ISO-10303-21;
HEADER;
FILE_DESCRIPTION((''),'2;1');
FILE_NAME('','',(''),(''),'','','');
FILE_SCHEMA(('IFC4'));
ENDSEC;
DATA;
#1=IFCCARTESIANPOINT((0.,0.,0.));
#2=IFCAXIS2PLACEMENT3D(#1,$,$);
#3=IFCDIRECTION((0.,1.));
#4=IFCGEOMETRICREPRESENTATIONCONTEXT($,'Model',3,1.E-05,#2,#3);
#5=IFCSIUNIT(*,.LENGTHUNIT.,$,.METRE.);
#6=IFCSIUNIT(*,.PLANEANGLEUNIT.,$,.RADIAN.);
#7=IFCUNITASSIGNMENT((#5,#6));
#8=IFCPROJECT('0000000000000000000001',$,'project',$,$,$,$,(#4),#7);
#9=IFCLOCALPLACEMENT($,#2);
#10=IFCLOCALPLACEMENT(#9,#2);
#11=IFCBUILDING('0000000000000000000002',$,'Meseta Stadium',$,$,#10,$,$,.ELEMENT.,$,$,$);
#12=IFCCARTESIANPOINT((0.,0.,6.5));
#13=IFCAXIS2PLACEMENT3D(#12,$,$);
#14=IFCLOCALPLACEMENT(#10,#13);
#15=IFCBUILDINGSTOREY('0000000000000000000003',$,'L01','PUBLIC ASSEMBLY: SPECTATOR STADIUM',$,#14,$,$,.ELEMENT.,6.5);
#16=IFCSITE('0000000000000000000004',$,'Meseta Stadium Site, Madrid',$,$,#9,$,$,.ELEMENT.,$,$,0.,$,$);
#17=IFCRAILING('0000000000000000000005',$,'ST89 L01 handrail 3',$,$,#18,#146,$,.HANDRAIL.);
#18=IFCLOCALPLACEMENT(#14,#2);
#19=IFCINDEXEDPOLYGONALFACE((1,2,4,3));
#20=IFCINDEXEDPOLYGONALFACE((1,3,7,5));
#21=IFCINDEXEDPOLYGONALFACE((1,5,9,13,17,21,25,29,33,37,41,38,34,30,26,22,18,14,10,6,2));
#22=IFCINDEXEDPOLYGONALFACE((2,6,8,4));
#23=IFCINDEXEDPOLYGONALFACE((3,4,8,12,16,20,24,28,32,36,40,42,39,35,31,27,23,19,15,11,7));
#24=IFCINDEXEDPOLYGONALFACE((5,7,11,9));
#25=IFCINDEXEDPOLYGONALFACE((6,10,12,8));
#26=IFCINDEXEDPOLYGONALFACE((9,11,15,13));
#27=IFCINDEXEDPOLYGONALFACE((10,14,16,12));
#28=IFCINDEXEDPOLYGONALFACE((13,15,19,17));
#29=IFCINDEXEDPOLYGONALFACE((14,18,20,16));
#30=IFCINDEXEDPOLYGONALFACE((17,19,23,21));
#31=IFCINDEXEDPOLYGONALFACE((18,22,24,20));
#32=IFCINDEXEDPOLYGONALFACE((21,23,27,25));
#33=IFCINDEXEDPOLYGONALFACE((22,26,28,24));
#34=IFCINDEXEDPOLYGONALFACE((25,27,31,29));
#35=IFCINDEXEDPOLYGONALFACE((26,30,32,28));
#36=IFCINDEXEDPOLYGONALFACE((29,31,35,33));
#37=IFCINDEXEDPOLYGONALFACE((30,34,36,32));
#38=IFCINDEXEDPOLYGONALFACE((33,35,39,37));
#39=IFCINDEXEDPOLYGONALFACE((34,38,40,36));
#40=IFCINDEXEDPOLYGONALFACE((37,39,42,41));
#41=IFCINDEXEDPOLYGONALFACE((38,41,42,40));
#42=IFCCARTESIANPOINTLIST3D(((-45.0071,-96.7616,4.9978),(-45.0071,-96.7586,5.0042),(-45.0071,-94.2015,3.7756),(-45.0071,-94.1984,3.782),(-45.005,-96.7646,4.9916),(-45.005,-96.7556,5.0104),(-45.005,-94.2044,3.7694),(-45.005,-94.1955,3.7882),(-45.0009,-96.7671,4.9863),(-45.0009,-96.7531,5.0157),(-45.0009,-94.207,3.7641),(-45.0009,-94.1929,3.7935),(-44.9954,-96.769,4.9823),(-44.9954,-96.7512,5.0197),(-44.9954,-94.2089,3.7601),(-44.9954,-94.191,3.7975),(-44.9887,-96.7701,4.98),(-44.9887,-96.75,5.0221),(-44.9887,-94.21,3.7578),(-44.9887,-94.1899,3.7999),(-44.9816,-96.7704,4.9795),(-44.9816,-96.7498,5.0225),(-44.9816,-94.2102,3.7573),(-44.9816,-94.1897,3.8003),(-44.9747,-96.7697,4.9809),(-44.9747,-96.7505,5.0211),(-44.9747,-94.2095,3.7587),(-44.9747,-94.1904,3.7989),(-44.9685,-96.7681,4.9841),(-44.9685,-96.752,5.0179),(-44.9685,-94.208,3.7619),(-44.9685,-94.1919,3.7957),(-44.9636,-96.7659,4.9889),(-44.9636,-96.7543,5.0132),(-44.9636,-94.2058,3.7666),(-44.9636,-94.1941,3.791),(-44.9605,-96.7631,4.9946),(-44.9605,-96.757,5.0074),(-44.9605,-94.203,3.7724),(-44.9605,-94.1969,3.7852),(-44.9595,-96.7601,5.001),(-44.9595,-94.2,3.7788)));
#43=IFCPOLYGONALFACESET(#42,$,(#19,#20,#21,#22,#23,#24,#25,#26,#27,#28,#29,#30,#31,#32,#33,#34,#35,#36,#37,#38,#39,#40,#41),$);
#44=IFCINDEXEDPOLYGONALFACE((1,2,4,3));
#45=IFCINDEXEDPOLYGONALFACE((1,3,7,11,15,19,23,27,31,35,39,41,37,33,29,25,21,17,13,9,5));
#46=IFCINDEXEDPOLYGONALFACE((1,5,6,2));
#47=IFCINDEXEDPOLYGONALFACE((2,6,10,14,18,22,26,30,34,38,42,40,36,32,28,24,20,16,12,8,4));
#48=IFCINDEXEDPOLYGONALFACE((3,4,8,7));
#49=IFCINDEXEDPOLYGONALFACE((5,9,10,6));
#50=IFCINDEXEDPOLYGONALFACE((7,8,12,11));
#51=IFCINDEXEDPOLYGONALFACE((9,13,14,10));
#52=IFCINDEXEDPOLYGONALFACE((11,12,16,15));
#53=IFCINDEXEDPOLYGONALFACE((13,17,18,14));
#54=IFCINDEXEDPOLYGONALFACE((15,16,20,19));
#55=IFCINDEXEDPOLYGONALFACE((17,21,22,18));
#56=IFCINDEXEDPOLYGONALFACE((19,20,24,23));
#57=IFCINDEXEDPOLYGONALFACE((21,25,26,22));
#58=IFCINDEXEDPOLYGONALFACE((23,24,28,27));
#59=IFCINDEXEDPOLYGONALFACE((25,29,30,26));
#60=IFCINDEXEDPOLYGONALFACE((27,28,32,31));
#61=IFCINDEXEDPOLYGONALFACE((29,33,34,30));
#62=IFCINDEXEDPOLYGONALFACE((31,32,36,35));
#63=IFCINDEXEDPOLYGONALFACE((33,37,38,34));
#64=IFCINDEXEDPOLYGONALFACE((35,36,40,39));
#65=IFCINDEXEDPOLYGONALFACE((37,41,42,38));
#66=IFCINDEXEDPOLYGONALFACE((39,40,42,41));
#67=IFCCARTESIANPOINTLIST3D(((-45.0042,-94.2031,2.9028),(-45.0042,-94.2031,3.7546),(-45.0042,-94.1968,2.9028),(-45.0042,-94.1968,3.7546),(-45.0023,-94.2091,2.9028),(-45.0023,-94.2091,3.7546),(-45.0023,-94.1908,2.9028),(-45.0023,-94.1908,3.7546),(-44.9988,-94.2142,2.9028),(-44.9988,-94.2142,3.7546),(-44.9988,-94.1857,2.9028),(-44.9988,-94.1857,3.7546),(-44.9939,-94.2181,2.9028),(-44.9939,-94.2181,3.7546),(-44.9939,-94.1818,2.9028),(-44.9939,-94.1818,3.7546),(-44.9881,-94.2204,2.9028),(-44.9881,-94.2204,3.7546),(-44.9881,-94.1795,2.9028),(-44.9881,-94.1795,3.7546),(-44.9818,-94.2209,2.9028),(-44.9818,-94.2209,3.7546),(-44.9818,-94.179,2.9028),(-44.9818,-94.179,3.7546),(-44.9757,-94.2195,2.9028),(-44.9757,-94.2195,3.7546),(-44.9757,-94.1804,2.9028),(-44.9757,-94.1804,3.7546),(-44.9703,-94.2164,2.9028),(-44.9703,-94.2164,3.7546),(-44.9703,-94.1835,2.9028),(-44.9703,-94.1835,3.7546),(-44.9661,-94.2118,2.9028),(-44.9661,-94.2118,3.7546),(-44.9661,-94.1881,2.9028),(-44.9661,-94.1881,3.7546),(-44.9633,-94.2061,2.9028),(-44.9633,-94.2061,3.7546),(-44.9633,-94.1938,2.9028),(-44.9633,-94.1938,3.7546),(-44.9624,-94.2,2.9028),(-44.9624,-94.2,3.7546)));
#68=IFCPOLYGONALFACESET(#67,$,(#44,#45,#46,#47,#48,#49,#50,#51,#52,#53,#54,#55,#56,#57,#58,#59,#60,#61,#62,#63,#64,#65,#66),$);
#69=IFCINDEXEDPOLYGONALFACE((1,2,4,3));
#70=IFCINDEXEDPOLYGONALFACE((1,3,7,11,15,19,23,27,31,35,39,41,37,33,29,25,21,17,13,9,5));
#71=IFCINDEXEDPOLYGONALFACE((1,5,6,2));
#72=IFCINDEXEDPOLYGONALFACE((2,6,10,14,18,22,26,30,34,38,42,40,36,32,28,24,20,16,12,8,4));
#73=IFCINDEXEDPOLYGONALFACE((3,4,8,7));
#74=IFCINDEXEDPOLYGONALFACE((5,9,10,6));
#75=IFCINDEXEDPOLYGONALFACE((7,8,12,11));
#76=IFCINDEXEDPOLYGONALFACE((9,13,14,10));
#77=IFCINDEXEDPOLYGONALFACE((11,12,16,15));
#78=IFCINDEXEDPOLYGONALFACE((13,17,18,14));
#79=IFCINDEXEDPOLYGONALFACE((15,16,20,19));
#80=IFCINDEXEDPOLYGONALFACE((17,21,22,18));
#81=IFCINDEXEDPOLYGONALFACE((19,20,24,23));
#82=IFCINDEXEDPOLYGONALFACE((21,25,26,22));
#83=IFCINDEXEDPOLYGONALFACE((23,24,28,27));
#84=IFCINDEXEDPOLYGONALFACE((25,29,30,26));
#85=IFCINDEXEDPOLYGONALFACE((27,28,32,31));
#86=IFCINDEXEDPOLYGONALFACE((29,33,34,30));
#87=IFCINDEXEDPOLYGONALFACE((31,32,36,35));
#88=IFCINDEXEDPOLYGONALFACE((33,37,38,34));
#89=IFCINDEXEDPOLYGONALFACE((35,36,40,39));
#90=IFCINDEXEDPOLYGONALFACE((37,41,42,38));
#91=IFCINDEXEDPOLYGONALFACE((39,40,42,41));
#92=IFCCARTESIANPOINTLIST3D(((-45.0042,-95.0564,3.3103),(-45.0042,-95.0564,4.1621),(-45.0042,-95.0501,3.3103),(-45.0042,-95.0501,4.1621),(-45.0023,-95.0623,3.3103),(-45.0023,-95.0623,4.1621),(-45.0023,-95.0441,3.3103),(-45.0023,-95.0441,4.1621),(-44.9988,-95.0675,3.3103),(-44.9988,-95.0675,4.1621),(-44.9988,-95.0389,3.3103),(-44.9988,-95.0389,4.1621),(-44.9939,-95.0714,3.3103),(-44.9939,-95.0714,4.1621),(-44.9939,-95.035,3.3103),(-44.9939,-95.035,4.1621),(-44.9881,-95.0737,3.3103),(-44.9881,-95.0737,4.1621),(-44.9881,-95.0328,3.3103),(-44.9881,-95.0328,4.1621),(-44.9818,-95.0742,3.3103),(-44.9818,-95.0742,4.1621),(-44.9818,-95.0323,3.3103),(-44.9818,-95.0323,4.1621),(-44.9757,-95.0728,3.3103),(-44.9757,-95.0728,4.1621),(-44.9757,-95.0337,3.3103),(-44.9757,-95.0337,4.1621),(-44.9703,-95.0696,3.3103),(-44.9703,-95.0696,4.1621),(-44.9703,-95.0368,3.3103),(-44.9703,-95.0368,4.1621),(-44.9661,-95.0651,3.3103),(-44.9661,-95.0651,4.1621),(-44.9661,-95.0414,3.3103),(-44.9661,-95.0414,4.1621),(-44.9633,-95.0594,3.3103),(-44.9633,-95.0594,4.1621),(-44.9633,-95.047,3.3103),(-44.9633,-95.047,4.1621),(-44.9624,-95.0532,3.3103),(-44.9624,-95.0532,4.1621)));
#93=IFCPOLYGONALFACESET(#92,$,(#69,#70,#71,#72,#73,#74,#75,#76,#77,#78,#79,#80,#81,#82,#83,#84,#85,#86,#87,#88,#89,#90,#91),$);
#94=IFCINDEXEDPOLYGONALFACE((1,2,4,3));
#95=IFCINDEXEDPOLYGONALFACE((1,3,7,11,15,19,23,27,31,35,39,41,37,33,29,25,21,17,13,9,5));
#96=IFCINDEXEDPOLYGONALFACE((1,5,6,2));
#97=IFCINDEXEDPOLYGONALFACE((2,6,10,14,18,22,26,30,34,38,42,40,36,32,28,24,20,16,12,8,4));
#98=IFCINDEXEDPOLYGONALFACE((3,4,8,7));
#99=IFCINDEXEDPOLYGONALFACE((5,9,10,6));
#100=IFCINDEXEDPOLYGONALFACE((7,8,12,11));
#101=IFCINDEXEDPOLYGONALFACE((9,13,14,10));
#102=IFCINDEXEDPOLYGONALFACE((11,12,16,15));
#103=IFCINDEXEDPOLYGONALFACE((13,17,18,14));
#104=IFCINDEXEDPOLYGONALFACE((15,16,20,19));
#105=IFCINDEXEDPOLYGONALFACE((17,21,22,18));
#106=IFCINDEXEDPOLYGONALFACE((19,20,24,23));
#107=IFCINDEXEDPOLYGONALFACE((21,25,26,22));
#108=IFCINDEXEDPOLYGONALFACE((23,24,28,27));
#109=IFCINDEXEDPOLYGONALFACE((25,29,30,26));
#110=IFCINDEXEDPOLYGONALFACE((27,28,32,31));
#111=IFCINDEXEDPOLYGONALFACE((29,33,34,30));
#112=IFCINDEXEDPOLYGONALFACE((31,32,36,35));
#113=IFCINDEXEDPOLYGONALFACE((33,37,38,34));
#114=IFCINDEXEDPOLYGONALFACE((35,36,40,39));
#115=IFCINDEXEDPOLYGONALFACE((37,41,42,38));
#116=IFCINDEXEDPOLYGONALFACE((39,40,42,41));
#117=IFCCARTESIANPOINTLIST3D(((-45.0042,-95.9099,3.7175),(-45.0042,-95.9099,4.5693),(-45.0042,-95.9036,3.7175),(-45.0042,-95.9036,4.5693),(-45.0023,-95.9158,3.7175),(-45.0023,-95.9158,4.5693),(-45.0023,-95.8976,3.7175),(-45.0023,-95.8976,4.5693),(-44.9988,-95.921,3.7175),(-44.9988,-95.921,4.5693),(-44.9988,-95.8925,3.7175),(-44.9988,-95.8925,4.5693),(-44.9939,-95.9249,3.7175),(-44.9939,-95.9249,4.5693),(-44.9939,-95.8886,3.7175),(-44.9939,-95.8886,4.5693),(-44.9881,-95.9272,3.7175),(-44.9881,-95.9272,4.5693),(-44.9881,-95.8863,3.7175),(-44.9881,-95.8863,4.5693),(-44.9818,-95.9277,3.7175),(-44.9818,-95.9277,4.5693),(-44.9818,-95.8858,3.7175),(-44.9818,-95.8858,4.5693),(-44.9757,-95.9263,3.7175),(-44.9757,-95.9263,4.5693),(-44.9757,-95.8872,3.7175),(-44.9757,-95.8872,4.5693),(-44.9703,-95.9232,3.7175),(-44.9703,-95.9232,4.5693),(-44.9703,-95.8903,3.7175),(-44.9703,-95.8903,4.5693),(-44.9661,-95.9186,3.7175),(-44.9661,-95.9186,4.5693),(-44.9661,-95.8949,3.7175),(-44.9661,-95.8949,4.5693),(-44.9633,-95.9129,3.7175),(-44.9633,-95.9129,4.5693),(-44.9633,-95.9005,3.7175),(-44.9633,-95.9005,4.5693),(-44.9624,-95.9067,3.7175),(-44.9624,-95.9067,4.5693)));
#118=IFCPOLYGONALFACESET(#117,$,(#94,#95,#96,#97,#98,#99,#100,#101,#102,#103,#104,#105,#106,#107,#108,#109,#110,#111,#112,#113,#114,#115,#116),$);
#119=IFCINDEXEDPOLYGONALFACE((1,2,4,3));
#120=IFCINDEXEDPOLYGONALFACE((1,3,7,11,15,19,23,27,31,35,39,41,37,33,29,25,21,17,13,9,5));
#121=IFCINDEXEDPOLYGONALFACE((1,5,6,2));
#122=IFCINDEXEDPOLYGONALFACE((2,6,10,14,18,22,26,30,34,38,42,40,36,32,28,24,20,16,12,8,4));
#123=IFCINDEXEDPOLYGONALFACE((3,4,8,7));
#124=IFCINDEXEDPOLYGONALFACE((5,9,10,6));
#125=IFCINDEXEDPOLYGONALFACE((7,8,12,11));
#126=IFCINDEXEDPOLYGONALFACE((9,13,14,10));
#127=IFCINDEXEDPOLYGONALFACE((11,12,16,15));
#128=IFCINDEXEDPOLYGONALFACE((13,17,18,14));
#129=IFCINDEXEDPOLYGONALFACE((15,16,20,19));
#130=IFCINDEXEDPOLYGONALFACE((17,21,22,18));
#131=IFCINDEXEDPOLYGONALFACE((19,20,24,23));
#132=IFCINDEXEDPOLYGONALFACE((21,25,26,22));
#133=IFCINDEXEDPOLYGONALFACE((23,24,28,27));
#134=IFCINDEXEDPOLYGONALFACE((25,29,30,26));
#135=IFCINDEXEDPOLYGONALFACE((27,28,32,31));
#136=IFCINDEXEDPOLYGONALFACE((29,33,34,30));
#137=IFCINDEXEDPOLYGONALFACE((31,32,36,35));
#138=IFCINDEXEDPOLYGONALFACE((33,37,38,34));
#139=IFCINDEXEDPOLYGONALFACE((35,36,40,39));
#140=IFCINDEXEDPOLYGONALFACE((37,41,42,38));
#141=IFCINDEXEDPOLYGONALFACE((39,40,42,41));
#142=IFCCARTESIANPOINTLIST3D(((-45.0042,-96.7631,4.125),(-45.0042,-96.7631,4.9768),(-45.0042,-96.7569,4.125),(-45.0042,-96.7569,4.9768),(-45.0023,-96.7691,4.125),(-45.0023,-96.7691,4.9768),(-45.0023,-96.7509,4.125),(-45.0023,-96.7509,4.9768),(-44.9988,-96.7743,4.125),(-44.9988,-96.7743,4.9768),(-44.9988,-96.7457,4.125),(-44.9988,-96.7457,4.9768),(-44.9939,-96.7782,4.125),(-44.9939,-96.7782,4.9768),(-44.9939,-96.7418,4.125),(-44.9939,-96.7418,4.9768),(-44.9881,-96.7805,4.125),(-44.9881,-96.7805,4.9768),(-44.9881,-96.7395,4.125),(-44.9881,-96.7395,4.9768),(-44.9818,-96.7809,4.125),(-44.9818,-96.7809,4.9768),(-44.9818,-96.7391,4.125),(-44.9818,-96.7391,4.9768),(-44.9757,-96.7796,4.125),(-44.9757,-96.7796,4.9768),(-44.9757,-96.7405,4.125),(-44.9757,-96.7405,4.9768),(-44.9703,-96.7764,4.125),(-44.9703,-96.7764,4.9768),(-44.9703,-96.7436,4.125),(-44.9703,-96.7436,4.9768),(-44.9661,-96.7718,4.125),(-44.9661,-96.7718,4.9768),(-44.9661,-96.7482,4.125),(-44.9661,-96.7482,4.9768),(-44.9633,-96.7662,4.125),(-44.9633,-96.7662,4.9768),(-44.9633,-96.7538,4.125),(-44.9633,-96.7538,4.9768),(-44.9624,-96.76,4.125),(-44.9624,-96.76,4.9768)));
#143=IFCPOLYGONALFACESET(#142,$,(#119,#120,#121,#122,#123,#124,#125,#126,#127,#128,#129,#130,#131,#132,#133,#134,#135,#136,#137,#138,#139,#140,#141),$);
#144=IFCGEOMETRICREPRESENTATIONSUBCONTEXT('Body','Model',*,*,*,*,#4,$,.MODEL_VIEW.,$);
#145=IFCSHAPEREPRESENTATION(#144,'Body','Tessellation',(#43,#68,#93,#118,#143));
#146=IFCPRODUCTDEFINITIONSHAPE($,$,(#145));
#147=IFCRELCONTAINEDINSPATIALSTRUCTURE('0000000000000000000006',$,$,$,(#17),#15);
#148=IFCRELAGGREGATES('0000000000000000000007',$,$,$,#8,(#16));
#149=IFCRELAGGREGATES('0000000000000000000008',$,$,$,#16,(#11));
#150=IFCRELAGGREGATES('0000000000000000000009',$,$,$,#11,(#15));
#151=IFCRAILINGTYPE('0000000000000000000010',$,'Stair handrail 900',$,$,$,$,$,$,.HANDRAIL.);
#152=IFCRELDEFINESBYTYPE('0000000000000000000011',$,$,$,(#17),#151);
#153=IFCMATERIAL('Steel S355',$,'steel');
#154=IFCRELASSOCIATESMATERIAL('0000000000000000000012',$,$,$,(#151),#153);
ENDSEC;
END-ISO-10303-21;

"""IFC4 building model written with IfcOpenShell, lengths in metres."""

from ifc_helpers import new_model, si_unit, direction, frame, origin, origin_2d, place, context, subcontext, project, spatial, circle, extrude, material, type_object, element, save


model = new_model("IFC4")

# Units and contexts
model_context = context("Model", 3, precision=1e-05, world=origin(), true_north=direction((0.0, 1.0)))
body_context = subcontext(model_context, "Body", "Model", "MODEL_VIEW")
ifc_project = project(units=[si_unit("LENGTHUNIT", "METRE"), si_unit("PLANEANGLEUNIT", "RADIAN")], contexts=[model_context])

# Site, building, storey
site_placement = place(None, origin())
site = spatial("IfcSite", under=ifc_project, at=site_placement, Name="Meseta Stadium Site, Madrid", CompositionType="ELEMENT", RefElevation=0.0)
building_placement = place(site_placement, origin())
building = spatial("IfcBuilding", under=site, at=building_placement, Name="Meseta Stadium", CompositionType="ELEMENT")
storey_placement = place(building_placement, frame((0.0, 0.0, 6.5)))
storey = spatial("IfcBuildingStorey", under=building, at=storey_placement, Name="L01", Description="PUBLIC ASSEMBLY: SPECTATOR STADIUM", CompositionType="ELEMENT", Elevation=6.5)

# Railing
ifc_material_1 = material(Name="Steel S355", Category="steel")
railing_type_1 = type_object("IfcRailingType", Name="Stair handrail 900", PredefinedType="HANDRAIL", material=ifc_material_1)
railing_1_placement = place(storey_placement, frame((-44.9834, -94.2, 2.9028)))
element("IfcRailing", 1, at=railing_1_placement, inside=storey, type_object=railing_type_1, Name="ST89 L01 handrail 3", PredefinedType="HANDRAIL", context=body_context, shape_type="SweptSolid", body=[
    extrude(circle(Radius=0.0239, at=origin_2d()), frame((0.0, 0.0, 0.876), z_axis=(0.0, -0.902437, 0.430822), x_axis=(1.0, 0.0, 0.0)), (0.0, 0.0, 1.0), 2.8369),
    extrude(circle(Radius=0.021, at=origin_2d()), origin(), (0.0, 0.0, 1.0), 0.8518),
    extrude(circle(Radius=0.021, at=origin_2d()), frame((0.0, -0.8533, 0.4075)), (0.0, 0.0, 1.0), 0.8518),
    extrude(circle(Radius=0.021, at=origin_2d()), frame((0.0, -1.7068, 0.8147)), (0.0, 0.0, 1.0), 0.8518),
    extrude(circle(Radius=0.021, at=origin_2d()), frame((0.0, -2.5601, 1.2222)), (0.0, 0.0, 1.0), 0.8518),
])

save(model, "model.ifc")
